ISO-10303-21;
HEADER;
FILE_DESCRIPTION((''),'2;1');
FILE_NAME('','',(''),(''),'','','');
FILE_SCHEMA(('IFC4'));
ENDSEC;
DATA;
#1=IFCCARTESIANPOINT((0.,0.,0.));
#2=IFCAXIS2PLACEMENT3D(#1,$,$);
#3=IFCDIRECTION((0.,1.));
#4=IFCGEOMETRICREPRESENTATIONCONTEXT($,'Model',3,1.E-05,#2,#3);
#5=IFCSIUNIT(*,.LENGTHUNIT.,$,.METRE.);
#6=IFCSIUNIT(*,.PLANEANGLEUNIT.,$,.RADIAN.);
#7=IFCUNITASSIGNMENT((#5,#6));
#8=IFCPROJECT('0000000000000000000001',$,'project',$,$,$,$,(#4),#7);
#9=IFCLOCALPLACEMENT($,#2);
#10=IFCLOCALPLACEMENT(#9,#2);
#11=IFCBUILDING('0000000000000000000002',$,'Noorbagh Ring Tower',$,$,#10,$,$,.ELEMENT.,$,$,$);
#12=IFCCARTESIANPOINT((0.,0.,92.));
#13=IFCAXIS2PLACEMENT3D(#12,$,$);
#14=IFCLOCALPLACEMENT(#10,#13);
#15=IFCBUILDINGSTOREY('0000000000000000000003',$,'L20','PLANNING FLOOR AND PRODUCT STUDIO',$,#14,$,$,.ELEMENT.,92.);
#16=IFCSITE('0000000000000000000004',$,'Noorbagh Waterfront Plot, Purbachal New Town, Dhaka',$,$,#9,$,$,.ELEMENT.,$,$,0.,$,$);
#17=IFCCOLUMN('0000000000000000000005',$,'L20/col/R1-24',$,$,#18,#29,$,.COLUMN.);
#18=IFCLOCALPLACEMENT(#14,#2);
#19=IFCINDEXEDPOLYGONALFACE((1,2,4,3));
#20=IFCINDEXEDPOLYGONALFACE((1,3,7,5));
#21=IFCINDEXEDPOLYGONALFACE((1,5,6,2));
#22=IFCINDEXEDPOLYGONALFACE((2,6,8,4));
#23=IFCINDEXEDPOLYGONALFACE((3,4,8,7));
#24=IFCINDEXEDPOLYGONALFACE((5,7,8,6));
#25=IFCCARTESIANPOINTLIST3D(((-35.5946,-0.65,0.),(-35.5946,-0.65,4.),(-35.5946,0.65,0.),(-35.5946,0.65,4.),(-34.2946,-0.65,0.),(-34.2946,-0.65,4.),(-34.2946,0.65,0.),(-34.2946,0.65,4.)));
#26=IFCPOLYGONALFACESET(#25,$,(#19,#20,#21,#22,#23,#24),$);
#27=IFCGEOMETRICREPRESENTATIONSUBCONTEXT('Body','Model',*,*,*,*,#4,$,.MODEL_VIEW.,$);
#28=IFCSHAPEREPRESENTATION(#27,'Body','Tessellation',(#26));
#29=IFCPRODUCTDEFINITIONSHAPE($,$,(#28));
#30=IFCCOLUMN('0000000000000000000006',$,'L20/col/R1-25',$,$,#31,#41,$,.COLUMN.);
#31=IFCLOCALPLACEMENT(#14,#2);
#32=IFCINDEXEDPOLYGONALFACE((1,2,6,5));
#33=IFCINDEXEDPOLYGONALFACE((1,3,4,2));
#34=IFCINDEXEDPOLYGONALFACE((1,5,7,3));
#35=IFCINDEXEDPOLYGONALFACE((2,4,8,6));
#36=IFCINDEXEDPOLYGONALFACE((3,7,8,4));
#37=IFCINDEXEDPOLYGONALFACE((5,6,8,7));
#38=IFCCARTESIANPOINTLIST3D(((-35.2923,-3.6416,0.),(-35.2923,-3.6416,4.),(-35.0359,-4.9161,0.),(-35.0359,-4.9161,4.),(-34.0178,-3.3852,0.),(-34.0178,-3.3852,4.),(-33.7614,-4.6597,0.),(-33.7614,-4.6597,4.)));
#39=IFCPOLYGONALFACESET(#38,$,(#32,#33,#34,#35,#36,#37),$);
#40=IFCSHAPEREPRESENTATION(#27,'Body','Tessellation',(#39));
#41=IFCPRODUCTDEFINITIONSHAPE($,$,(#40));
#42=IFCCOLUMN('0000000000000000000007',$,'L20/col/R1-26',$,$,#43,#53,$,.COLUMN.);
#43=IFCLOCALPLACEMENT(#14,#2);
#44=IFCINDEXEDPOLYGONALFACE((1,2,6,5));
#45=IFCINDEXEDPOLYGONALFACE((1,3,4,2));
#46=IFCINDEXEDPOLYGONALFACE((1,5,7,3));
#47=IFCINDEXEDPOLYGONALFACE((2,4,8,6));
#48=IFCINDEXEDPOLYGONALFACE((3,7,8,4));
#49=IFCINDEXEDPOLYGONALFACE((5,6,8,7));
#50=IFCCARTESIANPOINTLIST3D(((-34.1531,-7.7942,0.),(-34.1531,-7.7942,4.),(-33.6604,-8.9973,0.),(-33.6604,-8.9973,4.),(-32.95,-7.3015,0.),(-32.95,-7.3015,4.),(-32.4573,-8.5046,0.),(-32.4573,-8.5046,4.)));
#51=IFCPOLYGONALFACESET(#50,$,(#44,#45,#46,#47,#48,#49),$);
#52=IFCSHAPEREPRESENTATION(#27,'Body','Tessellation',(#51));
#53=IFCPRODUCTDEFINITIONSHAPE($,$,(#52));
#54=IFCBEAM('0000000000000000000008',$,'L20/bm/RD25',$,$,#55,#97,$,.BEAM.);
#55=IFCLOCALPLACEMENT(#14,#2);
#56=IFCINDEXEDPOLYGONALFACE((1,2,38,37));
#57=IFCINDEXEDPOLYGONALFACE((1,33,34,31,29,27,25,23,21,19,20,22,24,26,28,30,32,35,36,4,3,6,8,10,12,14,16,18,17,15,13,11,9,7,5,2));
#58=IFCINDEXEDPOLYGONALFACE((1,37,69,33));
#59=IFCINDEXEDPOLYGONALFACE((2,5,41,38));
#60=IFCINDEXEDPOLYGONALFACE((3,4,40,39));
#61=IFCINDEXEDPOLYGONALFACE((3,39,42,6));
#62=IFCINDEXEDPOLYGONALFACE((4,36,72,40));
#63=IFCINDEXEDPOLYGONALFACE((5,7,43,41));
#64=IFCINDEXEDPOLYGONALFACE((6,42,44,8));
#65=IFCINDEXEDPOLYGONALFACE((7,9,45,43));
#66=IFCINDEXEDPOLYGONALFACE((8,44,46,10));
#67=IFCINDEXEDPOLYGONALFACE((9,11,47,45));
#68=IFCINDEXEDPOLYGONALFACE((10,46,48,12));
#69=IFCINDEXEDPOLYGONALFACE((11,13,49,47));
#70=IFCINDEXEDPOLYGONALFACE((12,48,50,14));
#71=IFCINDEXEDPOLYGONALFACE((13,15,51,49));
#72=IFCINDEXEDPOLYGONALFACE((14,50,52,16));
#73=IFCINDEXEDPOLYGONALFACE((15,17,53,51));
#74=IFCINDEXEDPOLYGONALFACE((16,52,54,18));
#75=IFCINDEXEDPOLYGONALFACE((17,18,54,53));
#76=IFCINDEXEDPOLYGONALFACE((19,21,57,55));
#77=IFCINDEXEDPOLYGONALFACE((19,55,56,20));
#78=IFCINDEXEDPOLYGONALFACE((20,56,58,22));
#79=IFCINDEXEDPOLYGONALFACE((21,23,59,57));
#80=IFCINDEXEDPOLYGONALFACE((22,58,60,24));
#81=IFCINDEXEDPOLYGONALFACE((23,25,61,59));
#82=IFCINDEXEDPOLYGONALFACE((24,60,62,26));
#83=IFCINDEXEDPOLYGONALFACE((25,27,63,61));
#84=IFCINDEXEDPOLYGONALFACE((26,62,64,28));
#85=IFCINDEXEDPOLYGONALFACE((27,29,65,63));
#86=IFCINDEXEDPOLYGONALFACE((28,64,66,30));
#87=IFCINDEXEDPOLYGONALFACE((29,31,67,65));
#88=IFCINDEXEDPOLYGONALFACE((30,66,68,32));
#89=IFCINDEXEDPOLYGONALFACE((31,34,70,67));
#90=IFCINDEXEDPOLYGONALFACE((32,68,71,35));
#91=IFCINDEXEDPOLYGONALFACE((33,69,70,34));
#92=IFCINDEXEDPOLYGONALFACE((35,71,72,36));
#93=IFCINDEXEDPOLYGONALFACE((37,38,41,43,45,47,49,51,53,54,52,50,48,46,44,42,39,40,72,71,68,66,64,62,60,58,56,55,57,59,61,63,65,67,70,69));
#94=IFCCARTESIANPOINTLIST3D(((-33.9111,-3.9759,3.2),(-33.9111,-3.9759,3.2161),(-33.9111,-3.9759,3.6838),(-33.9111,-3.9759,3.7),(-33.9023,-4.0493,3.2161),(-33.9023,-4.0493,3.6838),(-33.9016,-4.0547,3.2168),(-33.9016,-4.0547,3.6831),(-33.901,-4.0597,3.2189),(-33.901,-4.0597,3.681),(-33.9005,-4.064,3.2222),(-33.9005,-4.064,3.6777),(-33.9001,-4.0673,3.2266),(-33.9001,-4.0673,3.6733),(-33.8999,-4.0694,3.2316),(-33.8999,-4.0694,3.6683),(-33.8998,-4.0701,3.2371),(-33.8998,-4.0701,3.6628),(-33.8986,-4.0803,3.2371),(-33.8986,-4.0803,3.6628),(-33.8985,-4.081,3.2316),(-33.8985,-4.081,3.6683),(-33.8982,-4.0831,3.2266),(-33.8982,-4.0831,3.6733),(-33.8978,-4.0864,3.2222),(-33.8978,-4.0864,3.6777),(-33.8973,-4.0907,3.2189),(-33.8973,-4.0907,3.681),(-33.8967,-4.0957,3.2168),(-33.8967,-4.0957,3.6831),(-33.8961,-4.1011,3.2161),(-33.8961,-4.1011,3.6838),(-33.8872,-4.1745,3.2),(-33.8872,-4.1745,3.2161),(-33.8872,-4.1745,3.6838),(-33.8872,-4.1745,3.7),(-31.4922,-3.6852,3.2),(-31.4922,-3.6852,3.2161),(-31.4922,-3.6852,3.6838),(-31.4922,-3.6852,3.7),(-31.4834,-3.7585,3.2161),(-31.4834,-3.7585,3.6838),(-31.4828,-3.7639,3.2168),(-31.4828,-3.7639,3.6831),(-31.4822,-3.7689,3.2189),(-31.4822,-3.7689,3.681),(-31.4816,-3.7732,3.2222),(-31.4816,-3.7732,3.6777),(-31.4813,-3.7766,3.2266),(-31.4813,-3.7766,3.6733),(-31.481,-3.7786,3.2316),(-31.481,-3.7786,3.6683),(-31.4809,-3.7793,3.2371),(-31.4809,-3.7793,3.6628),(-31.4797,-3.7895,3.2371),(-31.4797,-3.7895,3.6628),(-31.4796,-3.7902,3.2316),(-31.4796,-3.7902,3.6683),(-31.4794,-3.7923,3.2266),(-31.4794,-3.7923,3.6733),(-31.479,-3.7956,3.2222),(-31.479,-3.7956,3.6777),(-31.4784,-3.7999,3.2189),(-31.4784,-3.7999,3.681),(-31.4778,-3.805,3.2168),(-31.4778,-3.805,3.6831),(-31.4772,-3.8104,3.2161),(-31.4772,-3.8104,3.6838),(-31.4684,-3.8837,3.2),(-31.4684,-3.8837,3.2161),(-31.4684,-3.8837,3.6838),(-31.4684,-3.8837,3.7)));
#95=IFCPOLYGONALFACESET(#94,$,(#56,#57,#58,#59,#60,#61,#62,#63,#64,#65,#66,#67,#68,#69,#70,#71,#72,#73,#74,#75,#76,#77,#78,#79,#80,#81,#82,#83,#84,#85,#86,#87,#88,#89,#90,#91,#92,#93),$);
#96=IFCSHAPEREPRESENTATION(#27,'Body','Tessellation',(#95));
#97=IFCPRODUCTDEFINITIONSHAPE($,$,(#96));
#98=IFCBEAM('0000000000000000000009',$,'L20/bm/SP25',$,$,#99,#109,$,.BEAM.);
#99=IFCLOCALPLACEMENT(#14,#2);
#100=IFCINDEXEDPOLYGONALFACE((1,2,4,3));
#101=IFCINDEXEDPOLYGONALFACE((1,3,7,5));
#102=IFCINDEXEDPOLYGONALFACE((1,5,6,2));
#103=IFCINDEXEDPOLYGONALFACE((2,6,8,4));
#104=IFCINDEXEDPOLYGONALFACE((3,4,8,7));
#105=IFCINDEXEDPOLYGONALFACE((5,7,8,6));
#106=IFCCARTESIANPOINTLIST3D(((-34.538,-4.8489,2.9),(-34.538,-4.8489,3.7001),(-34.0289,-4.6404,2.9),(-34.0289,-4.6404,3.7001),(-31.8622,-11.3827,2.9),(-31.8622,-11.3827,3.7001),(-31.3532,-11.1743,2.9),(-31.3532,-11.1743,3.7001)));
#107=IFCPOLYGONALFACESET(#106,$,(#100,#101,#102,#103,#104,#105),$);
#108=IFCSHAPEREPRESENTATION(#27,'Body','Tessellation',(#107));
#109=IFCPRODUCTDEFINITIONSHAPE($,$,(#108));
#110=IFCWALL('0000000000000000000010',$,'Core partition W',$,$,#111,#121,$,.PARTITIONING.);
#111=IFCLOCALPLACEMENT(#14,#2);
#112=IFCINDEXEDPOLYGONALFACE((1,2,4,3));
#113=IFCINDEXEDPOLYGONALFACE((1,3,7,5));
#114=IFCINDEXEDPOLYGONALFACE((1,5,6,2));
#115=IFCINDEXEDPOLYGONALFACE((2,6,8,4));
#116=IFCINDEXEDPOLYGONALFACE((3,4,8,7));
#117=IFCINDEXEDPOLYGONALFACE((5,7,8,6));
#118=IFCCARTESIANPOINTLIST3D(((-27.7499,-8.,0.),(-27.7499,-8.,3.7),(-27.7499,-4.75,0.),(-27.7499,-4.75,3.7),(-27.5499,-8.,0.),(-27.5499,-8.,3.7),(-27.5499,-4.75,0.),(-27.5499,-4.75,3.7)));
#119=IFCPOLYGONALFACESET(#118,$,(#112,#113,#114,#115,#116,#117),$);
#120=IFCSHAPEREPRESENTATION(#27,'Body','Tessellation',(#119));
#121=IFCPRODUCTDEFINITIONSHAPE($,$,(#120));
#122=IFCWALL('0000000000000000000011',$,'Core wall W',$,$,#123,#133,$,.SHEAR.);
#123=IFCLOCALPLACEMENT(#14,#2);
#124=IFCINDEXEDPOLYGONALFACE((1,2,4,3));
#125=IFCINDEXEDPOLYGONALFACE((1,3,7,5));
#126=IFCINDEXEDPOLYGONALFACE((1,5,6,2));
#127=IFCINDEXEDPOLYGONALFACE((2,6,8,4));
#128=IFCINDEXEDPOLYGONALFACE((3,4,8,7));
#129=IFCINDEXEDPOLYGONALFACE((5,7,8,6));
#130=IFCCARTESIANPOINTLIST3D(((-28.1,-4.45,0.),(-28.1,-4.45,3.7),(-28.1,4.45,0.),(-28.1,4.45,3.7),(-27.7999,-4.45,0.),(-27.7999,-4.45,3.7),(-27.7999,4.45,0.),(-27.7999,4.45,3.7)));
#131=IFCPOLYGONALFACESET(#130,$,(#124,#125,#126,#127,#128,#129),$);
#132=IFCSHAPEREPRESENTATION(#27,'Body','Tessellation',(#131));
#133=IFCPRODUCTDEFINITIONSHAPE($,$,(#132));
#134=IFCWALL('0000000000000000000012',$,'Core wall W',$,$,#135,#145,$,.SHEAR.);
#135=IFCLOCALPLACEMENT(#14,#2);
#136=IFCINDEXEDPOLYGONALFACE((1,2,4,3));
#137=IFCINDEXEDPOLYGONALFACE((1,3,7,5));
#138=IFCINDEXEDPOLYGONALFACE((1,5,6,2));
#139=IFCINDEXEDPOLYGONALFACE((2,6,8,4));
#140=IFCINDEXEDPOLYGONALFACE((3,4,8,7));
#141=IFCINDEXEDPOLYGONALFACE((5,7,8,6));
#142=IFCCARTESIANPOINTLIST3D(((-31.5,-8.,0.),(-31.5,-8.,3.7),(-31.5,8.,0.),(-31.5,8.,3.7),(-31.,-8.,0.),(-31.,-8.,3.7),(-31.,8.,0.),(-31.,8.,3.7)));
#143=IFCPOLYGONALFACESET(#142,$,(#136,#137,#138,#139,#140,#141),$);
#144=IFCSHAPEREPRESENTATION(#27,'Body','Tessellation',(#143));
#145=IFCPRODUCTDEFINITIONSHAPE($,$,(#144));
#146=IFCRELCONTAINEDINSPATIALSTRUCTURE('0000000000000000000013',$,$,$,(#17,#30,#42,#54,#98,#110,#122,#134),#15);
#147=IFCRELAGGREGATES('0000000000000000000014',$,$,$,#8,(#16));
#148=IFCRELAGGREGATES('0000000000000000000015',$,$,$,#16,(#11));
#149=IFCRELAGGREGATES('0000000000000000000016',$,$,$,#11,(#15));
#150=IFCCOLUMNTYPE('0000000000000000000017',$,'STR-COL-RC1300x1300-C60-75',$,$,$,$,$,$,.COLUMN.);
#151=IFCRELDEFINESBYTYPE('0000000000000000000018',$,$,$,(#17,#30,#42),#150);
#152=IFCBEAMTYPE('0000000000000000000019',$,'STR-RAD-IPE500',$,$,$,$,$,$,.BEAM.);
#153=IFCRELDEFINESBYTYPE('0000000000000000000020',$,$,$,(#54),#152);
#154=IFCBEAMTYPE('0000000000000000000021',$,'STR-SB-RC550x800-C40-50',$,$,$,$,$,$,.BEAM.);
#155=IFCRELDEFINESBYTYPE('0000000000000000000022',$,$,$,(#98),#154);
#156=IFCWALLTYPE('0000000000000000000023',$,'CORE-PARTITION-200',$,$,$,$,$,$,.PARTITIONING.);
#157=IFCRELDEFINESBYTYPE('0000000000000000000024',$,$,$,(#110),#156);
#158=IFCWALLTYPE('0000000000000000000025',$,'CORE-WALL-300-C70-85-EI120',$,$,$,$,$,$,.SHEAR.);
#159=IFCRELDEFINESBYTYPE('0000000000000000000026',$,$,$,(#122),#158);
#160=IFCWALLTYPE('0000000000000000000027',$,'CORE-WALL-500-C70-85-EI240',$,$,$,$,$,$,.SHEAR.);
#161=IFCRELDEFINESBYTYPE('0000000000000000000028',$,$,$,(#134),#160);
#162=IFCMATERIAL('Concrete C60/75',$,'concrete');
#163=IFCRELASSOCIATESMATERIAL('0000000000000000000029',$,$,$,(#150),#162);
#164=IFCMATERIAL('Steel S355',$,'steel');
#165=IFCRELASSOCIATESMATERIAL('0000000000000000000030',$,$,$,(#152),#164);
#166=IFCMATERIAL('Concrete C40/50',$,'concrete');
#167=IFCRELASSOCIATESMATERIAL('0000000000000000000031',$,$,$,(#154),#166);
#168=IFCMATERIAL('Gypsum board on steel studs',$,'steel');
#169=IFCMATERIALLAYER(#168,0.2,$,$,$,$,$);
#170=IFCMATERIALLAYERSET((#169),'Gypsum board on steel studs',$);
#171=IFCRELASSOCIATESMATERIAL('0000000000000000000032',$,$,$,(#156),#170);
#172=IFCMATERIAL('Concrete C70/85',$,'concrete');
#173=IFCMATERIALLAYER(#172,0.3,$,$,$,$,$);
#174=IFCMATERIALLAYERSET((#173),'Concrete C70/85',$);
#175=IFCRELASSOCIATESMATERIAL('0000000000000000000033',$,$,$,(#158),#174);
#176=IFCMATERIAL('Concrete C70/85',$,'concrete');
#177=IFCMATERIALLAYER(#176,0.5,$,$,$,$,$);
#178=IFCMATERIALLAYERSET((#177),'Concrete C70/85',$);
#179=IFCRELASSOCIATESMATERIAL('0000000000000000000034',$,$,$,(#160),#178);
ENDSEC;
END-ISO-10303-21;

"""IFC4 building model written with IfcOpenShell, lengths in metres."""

from ifc_helpers import new_model, si_unit, direction, frame, frame_2d, origin, origin_2d, place, context, subcontext, project, spatial, rectangle, i_section, extrude, material, layer, layer_set, material_profile, profile_set, type_object, element, save


model = new_model("IFC4")

# Units and contexts
model_context = context("Model", 3, precision=1e-05, world=origin(), true_north=direction((0.0, 1.0)))
body_context = subcontext(model_context, "Body", "Model", "MODEL_VIEW")
ifc_project = project(units=[si_unit("LENGTHUNIT", "METRE"), si_unit("PLANEANGLEUNIT", "RADIAN")], contexts=[model_context])

# Site, building, storey
site_placement = place(None, origin())
site = spatial("IfcSite", under=ifc_project, at=site_placement, Name="Noorbagh Waterfront Plot, Purbachal New Town, Dhaka", CompositionType="ELEMENT", RefElevation=0.0)
building_placement = place(site_placement, origin())
building = spatial("IfcBuilding", under=site, at=building_placement, Name="Noorbagh Ring Tower", CompositionType="ELEMENT")
storey_placement = place(building_placement, frame((0.0, 0.0, 92.0)))
storey = spatial("IfcBuildingStorey", under=building, at=storey_placement, Name="L20", Description="PLANNING FLOOR AND PRODUCT STUDIO", CompositionType="ELEMENT", Elevation=92.0)

# Columns
ifc_material_1 = material(Name="Concrete C60/75", Category="concrete")
ifc_material_profile_1 = material_profile(ifc_material_1, rectangle(XDim=1.3, YDim=1.3, at=origin_2d()), Name="RC1300x1300")
ifc_profile_set_1 = profile_set([ifc_material_profile_1], Name="Concrete C60/75")
column_type = type_object("IfcColumnType", Name="STR-COL-RC1300x1300-C60-75", PredefinedType="COLUMN", material=ifc_profile_set_1)
for number, where, z_axis, x_axis, name in (
    (1, (-34.9446, 0.0, 0.0), (0.0, 0.0, 1.0), (0.0, -1.0, 0.0), "L20/col/R1-24"),
    (2, (-34.5269, -4.1506, 0.0), (0.0, 0.0, 1.0), (0.19723, -0.980357, 0.0), "L20/col/R1-25"),
    (3, (-33.3052, -8.1494, 0.0), (0.0, 0.0, 1.0), (0.378989, -0.925401, 0.0), "L20/col/R1-26"),
):
    element("IfcColumn", number, at=place(storey_placement, frame(where, z_axis=z_axis, x_axis=x_axis)), inside=storey, type_object=column_type, Name=name, PredefinedType="COLUMN", context=body_context, shape_type="SweptSolid", body=[
        extrude(rectangle(XDim=1.3, YDim=1.3, at=origin_2d()), origin(), (0.0, 0.0, 1.0), 4.0),
    ])

# Beams
ifc_material_2 = material(Name="Steel S355", Category="steel")
ifc_material_profile_2 = material_profile(ifc_material_2, i_section(OverallWidth=0.2, OverallDepth=0.5, WebThickness=0.0103, FlangeThickness=0.0161, FilletRadius=0.021, at=origin_2d()), Name="IPE500")
ifc_profile_set_2 = profile_set([ifc_material_profile_2], Name="Steel S355")
beam_type_1 = type_object("IfcBeamType", Name="STR-RAD-IPE500", PredefinedType="BEAM", material=ifc_profile_set_2)
beam_1_placement = place(storey_placement, frame((-33.8992, -4.0752, 3.45), z_axis=(0.992853, 0.119347, 0.0), x_axis=(-0.119347, 0.992853, 0.0)))
element("IfcBeam", 4, at=beam_1_placement, inside=storey, type_object=beam_type_1, Name="L20/bm/RD25", PredefinedType="BEAM", context=body_context, shape_type="SweptSolid", body=[
    extrude(i_section(OverallWidth=0.2, OverallDepth=0.5, WebThickness=0.0103, FlangeThickness=0.0161, FilletRadius=0.021, at=origin_2d()), origin(), (0.0, 0.0, 1.0), 2.4363),
])
ifc_material_3 = material(Name="Concrete C40/50", Category="concrete")
ifc_material_profile_3 = material_profile(ifc_material_3, rectangle(XDim=0.55, YDim=0.8, at=origin_2d()), Name="RC550x800")
ifc_profile_set_3 = profile_set([ifc_material_profile_3], Name="Concrete C40/50")
beam_type_2 = type_object("IfcBeamType", Name="STR-SB-RC550x800-C40-50", PredefinedType="BEAM", material=ifc_profile_set_3)
beam_2_placement = place(storey_placement, frame((-34.2834, -4.7446, 3.3), z_axis=(0.378973, -0.925408, 0.0), x_axis=(0.925408, 0.378973, 0.0)))
element("IfcBeam", 5, at=beam_2_placement, inside=storey, type_object=beam_type_2, Name="L20/bm/SP25", PredefinedType="BEAM", context=body_context, shape_type="SweptSolid", body=[
    extrude(rectangle(XDim=0.55, YDim=0.8, at=origin_2d()), origin(), (0.0, 0.0, 1.0), 7.0605),
])

# Walls
ifc_material_4 = material(Name="Gypsum board on steel studs", Category="steel")
ifc_layer_1 = layer(ifc_material_4, 0.2)
ifc_layer_set_1 = layer_set([ifc_layer_1], Name="Gypsum board on steel studs")
wall_type_1 = type_object("IfcWallType", Name="CORE-PARTITION-200", PredefinedType="PARTITIONING", material=ifc_layer_set_1)
wall_1_placement = place(storey_placement, frame((-27.6499, -8.0, 0.0), z_axis=(0.0, 0.0, 1.0), x_axis=(0.0, 1.0, 0.0)))
element("IfcWall", 6, at=wall_1_placement, inside=storey, type_object=wall_type_1, Name="Core partition W", PredefinedType="PARTITIONING", context=body_context, shape_type="SweptSolid", body=[
    extrude(rectangle(XDim=3.25, YDim=0.2, at=frame_2d((1.625, 0.0))), origin(), (0.0, 0.0, 1.0), 3.7),
])
ifc_material_5 = material(Name="Concrete C70/85", Category="concrete")
ifc_layer_2 = layer(ifc_material_5, 0.3)
ifc_layer_set_2 = layer_set([ifc_layer_2], Name="Concrete C70/85")
wall_type_2 = type_object("IfcWallType", Name="CORE-WALL-300-C70-85-EI120", PredefinedType="SHEAR", material=ifc_layer_set_2)
wall_2_placement = place(storey_placement, frame((-27.95, -4.45, 0.0), z_axis=(0.0, 0.0, 1.0), x_axis=(0.0, 1.0, 0.0)))
element("IfcWall", 7, at=wall_2_placement, inside=storey, type_object=wall_type_2, Name="Core wall W", PredefinedType="SHEAR", context=body_context, shape_type="SweptSolid", body=[
    extrude(rectangle(XDim=8.8999, YDim=0.3, at=frame_2d((4.45, 0.0))), origin(), (0.0, 0.0, 1.0), 3.7),
])
ifc_material_6 = material(Name="Concrete C70/85", Category="concrete")
ifc_layer_3 = layer(ifc_material_6, 0.5)
ifc_layer_set_3 = layer_set([ifc_layer_3], Name="Concrete C70/85")
wall_type_3 = type_object("IfcWallType", Name="CORE-WALL-500-C70-85-EI240", PredefinedType="SHEAR", material=ifc_layer_set_3)
wall_3_placement = place(storey_placement, frame((-31.25, -8.0, 0.0), z_axis=(0.0, 0.0, 1.0), x_axis=(0.0, 1.0, 0.0)))
element("IfcWall", 8, at=wall_3_placement, inside=storey, type_object=wall_type_3, Name="Core wall W", PredefinedType="SHEAR", context=body_context, shape_type="SweptSolid", body=[
    extrude(rectangle(XDim=16.0, YDim=0.5, at=frame_2d((8.0, 0.0))), origin(), (0.0, 0.0, 1.0), 3.7),
])

save(model, "model.ifc")
